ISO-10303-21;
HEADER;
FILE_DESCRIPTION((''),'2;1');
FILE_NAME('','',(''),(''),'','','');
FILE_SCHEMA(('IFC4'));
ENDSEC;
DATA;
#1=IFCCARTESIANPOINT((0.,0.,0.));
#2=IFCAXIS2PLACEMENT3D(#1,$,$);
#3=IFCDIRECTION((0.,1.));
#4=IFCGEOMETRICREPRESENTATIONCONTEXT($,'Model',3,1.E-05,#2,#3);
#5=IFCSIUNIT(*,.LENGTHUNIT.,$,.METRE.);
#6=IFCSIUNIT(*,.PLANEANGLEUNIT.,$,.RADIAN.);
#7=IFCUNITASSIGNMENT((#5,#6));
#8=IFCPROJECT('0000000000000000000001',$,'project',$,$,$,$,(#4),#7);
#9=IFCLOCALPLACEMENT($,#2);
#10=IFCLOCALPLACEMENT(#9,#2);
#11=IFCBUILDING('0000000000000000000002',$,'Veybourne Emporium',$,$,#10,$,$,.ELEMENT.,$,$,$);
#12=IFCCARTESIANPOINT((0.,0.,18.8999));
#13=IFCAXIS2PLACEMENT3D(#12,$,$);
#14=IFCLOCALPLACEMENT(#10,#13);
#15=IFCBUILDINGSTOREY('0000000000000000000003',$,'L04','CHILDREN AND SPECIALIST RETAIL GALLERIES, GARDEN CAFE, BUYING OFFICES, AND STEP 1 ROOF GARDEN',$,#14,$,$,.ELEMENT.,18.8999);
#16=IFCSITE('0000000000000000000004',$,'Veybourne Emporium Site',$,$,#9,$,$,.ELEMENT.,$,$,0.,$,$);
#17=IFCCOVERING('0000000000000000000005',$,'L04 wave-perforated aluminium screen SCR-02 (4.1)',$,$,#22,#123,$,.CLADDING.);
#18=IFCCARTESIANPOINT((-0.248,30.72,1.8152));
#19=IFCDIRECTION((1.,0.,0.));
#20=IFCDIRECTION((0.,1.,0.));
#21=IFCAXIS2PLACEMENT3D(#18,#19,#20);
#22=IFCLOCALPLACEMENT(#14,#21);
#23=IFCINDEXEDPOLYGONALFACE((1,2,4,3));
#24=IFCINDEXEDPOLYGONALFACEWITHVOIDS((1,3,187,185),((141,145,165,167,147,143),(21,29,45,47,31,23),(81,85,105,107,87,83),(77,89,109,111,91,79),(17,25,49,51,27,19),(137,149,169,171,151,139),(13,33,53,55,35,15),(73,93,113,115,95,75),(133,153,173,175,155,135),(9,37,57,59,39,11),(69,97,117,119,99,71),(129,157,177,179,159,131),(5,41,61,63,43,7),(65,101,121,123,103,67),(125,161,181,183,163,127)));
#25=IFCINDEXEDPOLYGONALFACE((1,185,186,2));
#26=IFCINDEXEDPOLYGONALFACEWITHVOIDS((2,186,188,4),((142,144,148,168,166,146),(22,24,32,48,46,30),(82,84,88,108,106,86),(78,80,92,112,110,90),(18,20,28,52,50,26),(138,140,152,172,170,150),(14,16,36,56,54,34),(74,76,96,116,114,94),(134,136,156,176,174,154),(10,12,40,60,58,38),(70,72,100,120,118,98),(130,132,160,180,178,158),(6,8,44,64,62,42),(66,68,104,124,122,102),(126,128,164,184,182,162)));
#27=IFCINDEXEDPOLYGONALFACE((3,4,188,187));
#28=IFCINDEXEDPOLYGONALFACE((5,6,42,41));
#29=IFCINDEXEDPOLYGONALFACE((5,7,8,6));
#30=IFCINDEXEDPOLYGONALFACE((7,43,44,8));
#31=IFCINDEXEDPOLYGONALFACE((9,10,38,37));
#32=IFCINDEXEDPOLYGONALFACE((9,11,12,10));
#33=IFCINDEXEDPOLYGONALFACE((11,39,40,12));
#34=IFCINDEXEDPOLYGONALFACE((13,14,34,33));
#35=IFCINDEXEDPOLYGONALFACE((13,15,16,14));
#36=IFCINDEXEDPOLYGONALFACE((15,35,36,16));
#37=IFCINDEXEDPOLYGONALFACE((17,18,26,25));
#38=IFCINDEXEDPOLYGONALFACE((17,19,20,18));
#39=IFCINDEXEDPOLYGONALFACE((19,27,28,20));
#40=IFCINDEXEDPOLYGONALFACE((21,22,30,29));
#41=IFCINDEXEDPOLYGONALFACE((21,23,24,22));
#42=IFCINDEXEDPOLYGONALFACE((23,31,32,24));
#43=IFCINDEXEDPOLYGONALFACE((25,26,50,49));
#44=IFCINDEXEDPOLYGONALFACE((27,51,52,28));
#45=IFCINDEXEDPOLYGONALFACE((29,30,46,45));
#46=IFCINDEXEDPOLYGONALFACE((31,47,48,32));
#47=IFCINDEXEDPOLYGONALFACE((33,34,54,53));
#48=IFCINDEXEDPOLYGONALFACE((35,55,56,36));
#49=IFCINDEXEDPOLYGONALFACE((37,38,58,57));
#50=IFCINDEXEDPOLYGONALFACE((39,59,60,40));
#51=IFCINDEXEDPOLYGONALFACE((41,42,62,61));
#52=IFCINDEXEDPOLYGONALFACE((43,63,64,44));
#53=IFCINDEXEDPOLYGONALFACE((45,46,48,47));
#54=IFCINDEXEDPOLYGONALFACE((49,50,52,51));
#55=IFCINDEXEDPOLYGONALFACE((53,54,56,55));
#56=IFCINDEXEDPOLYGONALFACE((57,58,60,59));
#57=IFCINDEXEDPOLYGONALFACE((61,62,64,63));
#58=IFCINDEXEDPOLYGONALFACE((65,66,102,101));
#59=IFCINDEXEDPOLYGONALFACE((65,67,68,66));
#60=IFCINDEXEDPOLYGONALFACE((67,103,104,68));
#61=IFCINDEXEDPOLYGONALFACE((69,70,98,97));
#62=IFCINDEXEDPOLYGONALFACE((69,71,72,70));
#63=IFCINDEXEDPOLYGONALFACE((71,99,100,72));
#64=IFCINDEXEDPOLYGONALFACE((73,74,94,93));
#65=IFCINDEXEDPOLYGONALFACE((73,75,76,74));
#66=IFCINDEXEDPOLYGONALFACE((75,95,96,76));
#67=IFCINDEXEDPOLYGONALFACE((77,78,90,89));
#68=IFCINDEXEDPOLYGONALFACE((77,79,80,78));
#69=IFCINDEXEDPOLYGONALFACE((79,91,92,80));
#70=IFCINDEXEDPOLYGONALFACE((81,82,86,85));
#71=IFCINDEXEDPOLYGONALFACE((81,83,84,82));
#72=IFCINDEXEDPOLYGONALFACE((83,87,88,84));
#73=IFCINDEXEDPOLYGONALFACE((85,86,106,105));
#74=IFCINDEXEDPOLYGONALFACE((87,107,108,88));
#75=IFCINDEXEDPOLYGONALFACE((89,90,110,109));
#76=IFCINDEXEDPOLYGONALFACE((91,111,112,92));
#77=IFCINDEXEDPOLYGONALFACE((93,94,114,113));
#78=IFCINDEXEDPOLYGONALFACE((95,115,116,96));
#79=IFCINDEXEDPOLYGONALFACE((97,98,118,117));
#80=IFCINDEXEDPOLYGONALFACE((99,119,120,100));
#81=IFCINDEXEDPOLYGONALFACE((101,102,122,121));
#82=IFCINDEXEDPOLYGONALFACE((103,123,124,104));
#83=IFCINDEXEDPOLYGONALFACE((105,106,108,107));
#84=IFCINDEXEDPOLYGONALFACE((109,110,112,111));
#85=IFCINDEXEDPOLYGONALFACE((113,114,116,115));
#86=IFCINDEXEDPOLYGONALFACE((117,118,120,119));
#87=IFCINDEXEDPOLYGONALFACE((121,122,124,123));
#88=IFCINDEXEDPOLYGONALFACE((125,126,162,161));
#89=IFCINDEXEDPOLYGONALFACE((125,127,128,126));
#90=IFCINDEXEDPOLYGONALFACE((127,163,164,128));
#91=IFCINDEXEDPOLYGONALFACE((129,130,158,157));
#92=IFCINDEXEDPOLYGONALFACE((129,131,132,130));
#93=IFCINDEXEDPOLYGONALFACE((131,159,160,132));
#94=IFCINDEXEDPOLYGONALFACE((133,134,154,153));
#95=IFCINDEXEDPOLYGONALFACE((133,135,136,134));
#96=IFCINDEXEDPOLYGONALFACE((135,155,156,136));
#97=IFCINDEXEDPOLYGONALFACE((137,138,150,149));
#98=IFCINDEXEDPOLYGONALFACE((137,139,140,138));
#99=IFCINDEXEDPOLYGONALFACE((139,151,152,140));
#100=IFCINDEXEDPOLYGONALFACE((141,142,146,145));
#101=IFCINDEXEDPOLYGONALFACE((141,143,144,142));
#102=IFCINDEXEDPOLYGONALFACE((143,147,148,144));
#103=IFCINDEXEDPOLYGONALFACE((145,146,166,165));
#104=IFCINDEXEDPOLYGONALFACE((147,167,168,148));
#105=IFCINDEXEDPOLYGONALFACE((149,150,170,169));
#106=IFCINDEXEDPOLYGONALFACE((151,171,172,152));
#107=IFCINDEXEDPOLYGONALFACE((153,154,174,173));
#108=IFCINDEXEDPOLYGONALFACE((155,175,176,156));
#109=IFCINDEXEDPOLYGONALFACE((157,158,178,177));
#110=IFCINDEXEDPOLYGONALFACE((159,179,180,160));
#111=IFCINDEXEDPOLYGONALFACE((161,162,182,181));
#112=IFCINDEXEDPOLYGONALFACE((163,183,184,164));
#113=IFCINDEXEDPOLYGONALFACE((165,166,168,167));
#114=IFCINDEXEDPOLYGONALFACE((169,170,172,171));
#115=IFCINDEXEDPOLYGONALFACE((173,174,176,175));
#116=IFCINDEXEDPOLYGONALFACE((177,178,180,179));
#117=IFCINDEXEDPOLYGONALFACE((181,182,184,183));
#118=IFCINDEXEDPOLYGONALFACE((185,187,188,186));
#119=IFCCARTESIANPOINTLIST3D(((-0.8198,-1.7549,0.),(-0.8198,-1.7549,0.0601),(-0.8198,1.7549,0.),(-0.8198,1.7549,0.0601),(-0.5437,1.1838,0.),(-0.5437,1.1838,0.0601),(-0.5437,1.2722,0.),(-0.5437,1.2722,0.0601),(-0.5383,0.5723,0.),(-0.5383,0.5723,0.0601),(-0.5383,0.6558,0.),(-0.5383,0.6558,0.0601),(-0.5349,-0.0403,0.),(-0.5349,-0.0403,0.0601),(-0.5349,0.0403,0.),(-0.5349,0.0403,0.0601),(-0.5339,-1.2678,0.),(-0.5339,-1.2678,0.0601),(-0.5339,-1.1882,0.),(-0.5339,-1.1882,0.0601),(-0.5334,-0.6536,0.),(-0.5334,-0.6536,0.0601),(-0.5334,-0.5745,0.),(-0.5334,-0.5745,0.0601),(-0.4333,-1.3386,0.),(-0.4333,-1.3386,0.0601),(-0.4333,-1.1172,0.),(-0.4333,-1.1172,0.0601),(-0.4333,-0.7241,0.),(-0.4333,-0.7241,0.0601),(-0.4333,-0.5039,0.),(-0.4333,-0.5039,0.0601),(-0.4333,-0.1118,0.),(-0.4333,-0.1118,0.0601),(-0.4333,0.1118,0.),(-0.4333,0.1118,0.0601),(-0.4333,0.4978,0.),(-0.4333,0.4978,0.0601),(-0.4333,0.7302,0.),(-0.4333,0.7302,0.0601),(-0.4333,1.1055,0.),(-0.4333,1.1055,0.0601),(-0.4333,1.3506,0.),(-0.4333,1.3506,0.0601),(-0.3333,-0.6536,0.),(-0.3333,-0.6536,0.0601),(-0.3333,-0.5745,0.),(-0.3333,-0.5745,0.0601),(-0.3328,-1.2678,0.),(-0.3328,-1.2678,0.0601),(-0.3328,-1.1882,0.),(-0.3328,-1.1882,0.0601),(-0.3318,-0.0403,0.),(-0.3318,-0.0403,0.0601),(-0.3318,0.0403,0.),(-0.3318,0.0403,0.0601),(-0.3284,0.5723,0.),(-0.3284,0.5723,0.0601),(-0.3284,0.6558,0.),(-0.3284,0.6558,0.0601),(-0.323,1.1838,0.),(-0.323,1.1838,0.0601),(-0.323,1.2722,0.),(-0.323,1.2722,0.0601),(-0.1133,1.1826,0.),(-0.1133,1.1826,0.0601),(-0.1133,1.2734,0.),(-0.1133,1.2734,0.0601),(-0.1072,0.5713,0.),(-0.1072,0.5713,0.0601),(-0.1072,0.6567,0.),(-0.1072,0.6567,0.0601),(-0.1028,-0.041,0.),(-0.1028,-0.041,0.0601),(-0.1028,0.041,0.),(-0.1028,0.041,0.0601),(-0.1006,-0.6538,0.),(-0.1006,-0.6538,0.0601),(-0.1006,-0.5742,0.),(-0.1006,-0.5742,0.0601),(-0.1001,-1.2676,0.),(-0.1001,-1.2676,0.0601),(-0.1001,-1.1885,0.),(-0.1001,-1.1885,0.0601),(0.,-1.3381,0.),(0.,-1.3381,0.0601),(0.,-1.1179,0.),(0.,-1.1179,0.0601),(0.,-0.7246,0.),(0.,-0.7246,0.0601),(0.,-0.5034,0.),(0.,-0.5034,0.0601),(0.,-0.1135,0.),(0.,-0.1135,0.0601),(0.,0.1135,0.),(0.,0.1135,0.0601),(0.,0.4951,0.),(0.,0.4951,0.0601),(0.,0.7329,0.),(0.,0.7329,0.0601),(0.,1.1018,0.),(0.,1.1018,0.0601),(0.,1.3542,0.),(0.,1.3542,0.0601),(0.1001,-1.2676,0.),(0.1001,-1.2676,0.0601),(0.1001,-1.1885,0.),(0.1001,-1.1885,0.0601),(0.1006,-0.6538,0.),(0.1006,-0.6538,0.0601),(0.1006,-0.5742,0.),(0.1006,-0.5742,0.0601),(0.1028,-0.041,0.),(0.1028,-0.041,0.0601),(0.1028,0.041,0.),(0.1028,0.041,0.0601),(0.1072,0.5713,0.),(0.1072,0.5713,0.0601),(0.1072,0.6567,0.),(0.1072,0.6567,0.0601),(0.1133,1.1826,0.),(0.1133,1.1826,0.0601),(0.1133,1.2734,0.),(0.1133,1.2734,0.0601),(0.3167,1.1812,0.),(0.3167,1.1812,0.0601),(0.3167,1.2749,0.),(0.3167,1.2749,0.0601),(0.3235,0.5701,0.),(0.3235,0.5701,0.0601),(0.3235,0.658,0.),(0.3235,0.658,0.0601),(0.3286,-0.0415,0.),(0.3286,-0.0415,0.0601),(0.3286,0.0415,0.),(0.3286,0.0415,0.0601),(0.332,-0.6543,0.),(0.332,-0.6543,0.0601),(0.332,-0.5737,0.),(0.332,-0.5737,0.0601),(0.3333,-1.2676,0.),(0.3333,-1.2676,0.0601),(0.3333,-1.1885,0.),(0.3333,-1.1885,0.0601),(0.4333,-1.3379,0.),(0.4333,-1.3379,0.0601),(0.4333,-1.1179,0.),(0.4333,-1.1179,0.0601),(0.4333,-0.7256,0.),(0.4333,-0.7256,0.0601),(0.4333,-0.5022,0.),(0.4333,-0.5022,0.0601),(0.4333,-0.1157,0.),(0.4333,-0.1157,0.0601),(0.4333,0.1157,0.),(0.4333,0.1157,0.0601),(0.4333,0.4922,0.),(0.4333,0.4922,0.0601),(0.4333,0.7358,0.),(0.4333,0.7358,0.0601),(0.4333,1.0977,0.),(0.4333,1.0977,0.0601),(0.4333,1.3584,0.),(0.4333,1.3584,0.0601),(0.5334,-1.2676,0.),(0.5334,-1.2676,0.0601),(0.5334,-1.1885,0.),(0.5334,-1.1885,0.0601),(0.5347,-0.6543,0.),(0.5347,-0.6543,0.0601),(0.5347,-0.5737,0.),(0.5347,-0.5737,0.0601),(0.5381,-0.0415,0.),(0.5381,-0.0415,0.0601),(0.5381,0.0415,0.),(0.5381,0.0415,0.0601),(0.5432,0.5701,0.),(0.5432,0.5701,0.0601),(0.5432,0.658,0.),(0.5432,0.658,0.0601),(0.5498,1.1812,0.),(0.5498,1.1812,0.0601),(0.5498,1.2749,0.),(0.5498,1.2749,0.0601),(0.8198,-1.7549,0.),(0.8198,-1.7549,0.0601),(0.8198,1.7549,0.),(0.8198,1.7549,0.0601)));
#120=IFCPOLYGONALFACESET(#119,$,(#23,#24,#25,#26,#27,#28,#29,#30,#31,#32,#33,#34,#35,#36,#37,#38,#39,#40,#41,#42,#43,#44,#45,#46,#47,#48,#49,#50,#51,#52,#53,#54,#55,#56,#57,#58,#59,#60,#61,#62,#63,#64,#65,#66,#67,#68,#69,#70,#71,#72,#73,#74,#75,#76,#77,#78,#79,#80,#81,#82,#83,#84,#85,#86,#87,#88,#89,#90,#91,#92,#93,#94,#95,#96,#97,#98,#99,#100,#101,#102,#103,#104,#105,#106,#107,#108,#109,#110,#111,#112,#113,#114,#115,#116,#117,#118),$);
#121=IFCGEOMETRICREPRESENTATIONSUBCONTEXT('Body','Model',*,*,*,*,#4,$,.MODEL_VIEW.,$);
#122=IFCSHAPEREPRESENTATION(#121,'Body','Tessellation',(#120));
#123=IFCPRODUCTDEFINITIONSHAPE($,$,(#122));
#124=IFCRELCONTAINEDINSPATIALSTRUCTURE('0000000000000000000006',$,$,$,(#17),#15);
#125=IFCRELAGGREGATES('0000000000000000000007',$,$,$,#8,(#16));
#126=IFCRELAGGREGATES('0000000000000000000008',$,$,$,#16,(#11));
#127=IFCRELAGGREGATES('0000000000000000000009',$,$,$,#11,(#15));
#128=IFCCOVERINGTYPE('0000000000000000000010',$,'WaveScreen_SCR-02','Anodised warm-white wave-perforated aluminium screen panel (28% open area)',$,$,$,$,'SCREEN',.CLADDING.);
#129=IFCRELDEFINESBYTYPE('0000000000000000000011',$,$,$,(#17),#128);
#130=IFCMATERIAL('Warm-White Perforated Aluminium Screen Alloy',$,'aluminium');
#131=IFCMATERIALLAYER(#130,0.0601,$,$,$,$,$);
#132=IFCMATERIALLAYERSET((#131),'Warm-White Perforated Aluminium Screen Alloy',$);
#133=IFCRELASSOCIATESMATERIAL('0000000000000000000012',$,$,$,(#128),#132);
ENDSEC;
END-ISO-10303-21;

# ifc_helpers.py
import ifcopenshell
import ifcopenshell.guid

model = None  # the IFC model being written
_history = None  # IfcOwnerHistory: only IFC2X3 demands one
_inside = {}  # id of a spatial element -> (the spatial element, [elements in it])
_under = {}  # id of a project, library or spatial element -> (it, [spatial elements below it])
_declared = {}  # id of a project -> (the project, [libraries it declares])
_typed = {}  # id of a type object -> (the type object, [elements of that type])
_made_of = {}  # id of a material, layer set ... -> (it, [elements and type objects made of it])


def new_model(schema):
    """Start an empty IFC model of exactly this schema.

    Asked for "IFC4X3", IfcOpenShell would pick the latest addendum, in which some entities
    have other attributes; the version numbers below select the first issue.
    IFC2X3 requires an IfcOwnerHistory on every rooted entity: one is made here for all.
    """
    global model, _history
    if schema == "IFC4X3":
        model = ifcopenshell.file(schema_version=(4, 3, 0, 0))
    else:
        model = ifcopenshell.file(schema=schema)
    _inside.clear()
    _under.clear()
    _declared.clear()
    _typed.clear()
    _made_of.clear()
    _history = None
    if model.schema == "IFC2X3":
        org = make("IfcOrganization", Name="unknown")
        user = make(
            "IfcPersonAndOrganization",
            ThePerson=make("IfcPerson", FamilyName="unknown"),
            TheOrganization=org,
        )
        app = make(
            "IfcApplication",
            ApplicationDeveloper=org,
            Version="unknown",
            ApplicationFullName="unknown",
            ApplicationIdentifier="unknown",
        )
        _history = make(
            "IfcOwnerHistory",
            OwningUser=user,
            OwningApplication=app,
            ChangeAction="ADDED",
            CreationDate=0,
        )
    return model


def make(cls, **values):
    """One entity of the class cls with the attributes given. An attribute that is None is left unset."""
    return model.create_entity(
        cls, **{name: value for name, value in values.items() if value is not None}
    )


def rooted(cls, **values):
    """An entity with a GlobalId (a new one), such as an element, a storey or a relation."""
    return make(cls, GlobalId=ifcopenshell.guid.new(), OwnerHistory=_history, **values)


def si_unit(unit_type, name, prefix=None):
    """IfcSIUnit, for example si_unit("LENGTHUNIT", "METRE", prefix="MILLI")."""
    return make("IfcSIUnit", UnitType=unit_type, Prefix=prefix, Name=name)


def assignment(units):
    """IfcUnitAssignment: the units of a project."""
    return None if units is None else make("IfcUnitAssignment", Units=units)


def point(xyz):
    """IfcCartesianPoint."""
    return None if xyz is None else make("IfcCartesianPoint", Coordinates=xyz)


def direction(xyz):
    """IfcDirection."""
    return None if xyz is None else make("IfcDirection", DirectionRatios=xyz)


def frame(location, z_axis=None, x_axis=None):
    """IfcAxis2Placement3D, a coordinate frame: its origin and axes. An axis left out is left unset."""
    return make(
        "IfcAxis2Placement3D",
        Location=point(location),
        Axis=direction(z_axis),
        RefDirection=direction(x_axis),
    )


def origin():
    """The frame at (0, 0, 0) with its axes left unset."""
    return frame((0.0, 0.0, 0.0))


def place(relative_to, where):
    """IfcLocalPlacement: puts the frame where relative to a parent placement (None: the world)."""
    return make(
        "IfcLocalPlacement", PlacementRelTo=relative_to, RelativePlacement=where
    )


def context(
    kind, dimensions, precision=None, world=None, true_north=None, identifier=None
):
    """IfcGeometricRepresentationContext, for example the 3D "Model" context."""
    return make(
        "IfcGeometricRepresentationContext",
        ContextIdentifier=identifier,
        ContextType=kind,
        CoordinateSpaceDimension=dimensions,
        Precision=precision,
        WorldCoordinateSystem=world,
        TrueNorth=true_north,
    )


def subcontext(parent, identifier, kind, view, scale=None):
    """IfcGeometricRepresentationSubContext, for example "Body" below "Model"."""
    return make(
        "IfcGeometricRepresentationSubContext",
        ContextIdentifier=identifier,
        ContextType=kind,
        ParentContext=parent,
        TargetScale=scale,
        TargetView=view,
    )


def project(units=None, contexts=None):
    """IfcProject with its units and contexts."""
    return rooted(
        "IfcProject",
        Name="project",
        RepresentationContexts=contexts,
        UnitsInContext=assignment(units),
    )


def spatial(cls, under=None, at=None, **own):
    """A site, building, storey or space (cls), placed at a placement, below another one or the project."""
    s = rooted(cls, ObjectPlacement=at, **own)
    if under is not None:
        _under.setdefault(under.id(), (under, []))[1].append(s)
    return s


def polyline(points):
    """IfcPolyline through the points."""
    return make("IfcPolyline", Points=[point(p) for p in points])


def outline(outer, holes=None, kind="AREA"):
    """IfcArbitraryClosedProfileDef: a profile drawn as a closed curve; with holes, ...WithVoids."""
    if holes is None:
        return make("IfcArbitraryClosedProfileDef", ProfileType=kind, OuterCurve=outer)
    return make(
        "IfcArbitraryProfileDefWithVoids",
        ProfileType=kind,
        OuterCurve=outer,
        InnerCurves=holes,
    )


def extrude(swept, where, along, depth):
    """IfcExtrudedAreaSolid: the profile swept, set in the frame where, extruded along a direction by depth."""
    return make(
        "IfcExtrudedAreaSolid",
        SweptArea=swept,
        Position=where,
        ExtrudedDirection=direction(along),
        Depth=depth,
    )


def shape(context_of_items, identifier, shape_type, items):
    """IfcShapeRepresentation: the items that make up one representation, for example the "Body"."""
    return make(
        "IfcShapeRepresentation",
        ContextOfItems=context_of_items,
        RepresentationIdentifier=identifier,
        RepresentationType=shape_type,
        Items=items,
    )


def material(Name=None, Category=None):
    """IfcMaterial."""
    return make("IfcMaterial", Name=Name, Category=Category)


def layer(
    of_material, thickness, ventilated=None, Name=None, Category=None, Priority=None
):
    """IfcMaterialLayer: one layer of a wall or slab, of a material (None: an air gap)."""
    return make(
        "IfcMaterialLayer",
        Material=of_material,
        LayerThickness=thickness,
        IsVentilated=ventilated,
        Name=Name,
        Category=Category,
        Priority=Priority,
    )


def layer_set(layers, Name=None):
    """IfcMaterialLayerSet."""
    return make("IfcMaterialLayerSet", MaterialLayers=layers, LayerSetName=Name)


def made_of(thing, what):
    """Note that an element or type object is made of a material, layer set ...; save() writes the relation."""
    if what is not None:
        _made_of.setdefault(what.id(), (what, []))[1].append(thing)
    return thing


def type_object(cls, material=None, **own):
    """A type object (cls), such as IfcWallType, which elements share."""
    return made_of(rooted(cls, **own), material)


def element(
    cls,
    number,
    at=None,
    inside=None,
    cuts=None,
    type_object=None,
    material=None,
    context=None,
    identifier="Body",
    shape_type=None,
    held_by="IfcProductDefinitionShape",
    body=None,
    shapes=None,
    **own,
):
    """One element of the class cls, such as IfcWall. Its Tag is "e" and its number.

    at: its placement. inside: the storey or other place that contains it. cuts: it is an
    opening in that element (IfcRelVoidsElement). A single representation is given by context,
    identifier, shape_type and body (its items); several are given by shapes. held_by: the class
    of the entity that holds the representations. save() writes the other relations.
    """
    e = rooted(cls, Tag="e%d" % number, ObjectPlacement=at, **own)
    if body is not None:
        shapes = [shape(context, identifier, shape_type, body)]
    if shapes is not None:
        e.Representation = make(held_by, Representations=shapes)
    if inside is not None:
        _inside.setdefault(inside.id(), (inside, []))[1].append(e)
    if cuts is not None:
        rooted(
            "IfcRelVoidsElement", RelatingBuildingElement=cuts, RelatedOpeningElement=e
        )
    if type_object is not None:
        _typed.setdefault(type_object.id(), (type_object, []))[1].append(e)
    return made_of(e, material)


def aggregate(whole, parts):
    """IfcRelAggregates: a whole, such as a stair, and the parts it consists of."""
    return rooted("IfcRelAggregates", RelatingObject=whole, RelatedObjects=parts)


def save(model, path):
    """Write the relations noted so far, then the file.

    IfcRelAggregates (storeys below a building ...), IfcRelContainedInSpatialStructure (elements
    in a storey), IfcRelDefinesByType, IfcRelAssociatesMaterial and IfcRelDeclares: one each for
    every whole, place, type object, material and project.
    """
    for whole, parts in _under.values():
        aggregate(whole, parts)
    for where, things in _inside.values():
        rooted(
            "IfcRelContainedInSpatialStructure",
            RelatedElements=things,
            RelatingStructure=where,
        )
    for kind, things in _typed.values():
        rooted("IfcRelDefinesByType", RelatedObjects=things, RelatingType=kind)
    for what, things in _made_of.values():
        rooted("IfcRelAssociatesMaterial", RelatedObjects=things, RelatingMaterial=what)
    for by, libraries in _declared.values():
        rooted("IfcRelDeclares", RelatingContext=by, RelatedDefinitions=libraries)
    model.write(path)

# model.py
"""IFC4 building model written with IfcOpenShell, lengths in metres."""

from ifc_helpers import new_model, si_unit, direction, frame, origin, place, context, subcontext, project, spatial, polyline, outline, extrude, material, layer, layer_set, type_object, element, save


model = new_model("IFC4")

# Units and contexts
model_context = context("Model", 3, precision=1e-05, world=origin(), true_north=direction((0.0, 1.0)))
body_context = subcontext(model_context, "Body", "Model", "MODEL_VIEW")
ifc_project = project(units=[si_unit("LENGTHUNIT", "METRE"), si_unit("PLANEANGLEUNIT", "RADIAN")], contexts=[model_context])

# Site, building, storey
site_placement = place(None, origin())
site = spatial("IfcSite", under=ifc_project, at=site_placement, Name="Veybourne Emporium Site", CompositionType="ELEMENT", RefElevation=0.0)
building_placement = place(site_placement, origin())
building = spatial("IfcBuilding", under=site, at=building_placement, Name="Veybourne Emporium", CompositionType="ELEMENT")
storey_placement = place(building_placement, frame((0.0, 0.0, 18.8999)))
storey = spatial("IfcBuildingStorey", under=building, at=storey_placement, Name="L04", Description="CHILDREN AND SPECIALIST RETAIL GALLERIES, GARDEN CAFE, BUYING OFFICES, AND STEP 1 ROOF GARDEN", CompositionType="ELEMENT", Elevation=18.8999)

# Covering
ifc_material_1 = material(Name="Warm-White Perforated Aluminium Screen Alloy", Category="aluminium")
ifc_layer_1 = layer(ifc_material_1, 0.0601)
ifc_layer_set_1 = layer_set([ifc_layer_1], Name="Warm-White Perforated Aluminium Screen Alloy")
covering_type_1 = type_object("IfcCoveringType", Name="WaveScreen_SCR-02", Description="Anodised warm-white wave-perforated aluminium screen panel (28% open area)", ElementType="SCREEN", PredefinedType="CLADDING", material=ifc_layer_set_1)
covering_1_placement = place(storey_placement, frame((-0.248, 30.72, 1.8152), z_axis=(1.0, 0.0, 0.0), x_axis=(0.0, 1.0, 0.0)))
element("IfcCovering", 1, at=covering_1_placement, inside=storey, type_object=covering_type_1, Name="L04 wave-perforated aluminium screen SCR-02 (4.1)", PredefinedType="CLADDING", context=body_context, shape_type="SweptSolid", body=[
    extrude(outline(polyline([(-0.8198, -1.7549), (0.8198, -1.7549), (0.8198, 1.7549), (-0.8198, 1.7549), (-0.8198, -1.7549)]), holes=[polyline([(-0.4333, -1.1172), (-0.3328, -1.1882), (-0.3328, -1.2678), (-0.4333, -1.3386), (-0.5339, -1.2678), (-0.5339, -1.1882), (-0.4333, -1.1172)]), polyline([(-0.4333, -0.5039), (-0.3333, -0.5745), (-0.3333, -0.6536), (-0.4333, -0.7241), (-0.5334, -0.6536), (-0.5334, -0.5745), (-0.4333, -0.5039)]), polyline([(-0.4333, 0.1118), (-0.3318, 0.0403), (-0.3318, -0.0403), (-0.4333, -0.1118), (-0.5349, -0.0403), (-0.5349, 0.0403), (-0.4333, 0.1118)]), polyline([(-0.4333, 0.7302), (-0.3284, 0.6558), (-0.3284, 0.5723), (-0.4333, 0.4978), (-0.5383, 0.5723), (-0.5383, 0.6558), (-0.4333, 0.7302)]), polyline([(-0.4333, 1.3506), (-0.323, 1.2722), (-0.323, 1.1838), (-0.4333, 1.1055), (-0.5437, 1.1838), (-0.5437, 1.2722), (-0.4333, 1.3506)]), polyline([(0.0, -1.1179), (0.1001, -1.1885), (0.1001, -1.2676), (0.0, -1.3381), (-0.1001, -1.2676), (-0.1001, -1.1885), (0.0, -1.1179)]), polyline([(0.0, -0.5034), (0.1006, -0.5742), (0.1006, -0.6538), (0.0, -0.7246), (-0.1006, -0.6538), (-0.1006, -0.5742), (0.0, -0.5034)]), polyline([(0.0, 0.1135), (0.1028, 0.041), (0.1028, -0.041), (0.0, -0.1135), (-0.1028, -0.041), (-0.1028, 0.041), (0.0, 0.1135)]), polyline([(0.0, 0.7329), (0.1072, 0.6567), (0.1072, 0.5713), (0.0, 0.4951), (-0.1072, 0.5713), (-0.1072, 0.6567), (0.0, 0.7329)]), polyline([(0.0, 1.3542), (0.1133, 1.2734), (0.1133, 1.1826), (0.0, 1.1018), (-0.1133, 1.1826), (-0.1133, 1.2734), (0.0, 1.3542)]), polyline([(0.4333, -1.1179), (0.5334, -1.1885), (0.5334, -1.2676), (0.4333, -1.3379), (0.3333, -1.2676), (0.3333, -1.1885), (0.4333, -1.1179)]), polyline([(0.4333, -0.5022), (0.5347, -0.5737), (0.5347, -0.6543), (0.4333, -0.7256), (0.332, -0.6543), (0.332, -0.5737), (0.4333, -0.5022)]), polyline([(0.4333, 0.1157), (0.5381, 0.0415), (0.5381, -0.0415), (0.4333, -0.1157), (0.3286, -0.0415), (0.3286, 0.0415), (0.4333, 0.1157)]), polyline([(0.4333, 0.7358), (0.5432, 0.658), (0.5432, 0.5701), (0.4333, 0.4922), (0.3235, 0.5701), (0.3235, 0.658), (0.4333, 0.7358)]), polyline([(0.4333, 1.3584), (0.5498, 1.2749), (0.5498, 1.1812), (0.4333, 1.0977), (0.3167, 1.1812), (0.3167, 1.2749), (0.4333, 1.3584)])]), origin(), (0.0, 0.0, 1.0), 0.0601),
])

save(model, "model.ifc")
